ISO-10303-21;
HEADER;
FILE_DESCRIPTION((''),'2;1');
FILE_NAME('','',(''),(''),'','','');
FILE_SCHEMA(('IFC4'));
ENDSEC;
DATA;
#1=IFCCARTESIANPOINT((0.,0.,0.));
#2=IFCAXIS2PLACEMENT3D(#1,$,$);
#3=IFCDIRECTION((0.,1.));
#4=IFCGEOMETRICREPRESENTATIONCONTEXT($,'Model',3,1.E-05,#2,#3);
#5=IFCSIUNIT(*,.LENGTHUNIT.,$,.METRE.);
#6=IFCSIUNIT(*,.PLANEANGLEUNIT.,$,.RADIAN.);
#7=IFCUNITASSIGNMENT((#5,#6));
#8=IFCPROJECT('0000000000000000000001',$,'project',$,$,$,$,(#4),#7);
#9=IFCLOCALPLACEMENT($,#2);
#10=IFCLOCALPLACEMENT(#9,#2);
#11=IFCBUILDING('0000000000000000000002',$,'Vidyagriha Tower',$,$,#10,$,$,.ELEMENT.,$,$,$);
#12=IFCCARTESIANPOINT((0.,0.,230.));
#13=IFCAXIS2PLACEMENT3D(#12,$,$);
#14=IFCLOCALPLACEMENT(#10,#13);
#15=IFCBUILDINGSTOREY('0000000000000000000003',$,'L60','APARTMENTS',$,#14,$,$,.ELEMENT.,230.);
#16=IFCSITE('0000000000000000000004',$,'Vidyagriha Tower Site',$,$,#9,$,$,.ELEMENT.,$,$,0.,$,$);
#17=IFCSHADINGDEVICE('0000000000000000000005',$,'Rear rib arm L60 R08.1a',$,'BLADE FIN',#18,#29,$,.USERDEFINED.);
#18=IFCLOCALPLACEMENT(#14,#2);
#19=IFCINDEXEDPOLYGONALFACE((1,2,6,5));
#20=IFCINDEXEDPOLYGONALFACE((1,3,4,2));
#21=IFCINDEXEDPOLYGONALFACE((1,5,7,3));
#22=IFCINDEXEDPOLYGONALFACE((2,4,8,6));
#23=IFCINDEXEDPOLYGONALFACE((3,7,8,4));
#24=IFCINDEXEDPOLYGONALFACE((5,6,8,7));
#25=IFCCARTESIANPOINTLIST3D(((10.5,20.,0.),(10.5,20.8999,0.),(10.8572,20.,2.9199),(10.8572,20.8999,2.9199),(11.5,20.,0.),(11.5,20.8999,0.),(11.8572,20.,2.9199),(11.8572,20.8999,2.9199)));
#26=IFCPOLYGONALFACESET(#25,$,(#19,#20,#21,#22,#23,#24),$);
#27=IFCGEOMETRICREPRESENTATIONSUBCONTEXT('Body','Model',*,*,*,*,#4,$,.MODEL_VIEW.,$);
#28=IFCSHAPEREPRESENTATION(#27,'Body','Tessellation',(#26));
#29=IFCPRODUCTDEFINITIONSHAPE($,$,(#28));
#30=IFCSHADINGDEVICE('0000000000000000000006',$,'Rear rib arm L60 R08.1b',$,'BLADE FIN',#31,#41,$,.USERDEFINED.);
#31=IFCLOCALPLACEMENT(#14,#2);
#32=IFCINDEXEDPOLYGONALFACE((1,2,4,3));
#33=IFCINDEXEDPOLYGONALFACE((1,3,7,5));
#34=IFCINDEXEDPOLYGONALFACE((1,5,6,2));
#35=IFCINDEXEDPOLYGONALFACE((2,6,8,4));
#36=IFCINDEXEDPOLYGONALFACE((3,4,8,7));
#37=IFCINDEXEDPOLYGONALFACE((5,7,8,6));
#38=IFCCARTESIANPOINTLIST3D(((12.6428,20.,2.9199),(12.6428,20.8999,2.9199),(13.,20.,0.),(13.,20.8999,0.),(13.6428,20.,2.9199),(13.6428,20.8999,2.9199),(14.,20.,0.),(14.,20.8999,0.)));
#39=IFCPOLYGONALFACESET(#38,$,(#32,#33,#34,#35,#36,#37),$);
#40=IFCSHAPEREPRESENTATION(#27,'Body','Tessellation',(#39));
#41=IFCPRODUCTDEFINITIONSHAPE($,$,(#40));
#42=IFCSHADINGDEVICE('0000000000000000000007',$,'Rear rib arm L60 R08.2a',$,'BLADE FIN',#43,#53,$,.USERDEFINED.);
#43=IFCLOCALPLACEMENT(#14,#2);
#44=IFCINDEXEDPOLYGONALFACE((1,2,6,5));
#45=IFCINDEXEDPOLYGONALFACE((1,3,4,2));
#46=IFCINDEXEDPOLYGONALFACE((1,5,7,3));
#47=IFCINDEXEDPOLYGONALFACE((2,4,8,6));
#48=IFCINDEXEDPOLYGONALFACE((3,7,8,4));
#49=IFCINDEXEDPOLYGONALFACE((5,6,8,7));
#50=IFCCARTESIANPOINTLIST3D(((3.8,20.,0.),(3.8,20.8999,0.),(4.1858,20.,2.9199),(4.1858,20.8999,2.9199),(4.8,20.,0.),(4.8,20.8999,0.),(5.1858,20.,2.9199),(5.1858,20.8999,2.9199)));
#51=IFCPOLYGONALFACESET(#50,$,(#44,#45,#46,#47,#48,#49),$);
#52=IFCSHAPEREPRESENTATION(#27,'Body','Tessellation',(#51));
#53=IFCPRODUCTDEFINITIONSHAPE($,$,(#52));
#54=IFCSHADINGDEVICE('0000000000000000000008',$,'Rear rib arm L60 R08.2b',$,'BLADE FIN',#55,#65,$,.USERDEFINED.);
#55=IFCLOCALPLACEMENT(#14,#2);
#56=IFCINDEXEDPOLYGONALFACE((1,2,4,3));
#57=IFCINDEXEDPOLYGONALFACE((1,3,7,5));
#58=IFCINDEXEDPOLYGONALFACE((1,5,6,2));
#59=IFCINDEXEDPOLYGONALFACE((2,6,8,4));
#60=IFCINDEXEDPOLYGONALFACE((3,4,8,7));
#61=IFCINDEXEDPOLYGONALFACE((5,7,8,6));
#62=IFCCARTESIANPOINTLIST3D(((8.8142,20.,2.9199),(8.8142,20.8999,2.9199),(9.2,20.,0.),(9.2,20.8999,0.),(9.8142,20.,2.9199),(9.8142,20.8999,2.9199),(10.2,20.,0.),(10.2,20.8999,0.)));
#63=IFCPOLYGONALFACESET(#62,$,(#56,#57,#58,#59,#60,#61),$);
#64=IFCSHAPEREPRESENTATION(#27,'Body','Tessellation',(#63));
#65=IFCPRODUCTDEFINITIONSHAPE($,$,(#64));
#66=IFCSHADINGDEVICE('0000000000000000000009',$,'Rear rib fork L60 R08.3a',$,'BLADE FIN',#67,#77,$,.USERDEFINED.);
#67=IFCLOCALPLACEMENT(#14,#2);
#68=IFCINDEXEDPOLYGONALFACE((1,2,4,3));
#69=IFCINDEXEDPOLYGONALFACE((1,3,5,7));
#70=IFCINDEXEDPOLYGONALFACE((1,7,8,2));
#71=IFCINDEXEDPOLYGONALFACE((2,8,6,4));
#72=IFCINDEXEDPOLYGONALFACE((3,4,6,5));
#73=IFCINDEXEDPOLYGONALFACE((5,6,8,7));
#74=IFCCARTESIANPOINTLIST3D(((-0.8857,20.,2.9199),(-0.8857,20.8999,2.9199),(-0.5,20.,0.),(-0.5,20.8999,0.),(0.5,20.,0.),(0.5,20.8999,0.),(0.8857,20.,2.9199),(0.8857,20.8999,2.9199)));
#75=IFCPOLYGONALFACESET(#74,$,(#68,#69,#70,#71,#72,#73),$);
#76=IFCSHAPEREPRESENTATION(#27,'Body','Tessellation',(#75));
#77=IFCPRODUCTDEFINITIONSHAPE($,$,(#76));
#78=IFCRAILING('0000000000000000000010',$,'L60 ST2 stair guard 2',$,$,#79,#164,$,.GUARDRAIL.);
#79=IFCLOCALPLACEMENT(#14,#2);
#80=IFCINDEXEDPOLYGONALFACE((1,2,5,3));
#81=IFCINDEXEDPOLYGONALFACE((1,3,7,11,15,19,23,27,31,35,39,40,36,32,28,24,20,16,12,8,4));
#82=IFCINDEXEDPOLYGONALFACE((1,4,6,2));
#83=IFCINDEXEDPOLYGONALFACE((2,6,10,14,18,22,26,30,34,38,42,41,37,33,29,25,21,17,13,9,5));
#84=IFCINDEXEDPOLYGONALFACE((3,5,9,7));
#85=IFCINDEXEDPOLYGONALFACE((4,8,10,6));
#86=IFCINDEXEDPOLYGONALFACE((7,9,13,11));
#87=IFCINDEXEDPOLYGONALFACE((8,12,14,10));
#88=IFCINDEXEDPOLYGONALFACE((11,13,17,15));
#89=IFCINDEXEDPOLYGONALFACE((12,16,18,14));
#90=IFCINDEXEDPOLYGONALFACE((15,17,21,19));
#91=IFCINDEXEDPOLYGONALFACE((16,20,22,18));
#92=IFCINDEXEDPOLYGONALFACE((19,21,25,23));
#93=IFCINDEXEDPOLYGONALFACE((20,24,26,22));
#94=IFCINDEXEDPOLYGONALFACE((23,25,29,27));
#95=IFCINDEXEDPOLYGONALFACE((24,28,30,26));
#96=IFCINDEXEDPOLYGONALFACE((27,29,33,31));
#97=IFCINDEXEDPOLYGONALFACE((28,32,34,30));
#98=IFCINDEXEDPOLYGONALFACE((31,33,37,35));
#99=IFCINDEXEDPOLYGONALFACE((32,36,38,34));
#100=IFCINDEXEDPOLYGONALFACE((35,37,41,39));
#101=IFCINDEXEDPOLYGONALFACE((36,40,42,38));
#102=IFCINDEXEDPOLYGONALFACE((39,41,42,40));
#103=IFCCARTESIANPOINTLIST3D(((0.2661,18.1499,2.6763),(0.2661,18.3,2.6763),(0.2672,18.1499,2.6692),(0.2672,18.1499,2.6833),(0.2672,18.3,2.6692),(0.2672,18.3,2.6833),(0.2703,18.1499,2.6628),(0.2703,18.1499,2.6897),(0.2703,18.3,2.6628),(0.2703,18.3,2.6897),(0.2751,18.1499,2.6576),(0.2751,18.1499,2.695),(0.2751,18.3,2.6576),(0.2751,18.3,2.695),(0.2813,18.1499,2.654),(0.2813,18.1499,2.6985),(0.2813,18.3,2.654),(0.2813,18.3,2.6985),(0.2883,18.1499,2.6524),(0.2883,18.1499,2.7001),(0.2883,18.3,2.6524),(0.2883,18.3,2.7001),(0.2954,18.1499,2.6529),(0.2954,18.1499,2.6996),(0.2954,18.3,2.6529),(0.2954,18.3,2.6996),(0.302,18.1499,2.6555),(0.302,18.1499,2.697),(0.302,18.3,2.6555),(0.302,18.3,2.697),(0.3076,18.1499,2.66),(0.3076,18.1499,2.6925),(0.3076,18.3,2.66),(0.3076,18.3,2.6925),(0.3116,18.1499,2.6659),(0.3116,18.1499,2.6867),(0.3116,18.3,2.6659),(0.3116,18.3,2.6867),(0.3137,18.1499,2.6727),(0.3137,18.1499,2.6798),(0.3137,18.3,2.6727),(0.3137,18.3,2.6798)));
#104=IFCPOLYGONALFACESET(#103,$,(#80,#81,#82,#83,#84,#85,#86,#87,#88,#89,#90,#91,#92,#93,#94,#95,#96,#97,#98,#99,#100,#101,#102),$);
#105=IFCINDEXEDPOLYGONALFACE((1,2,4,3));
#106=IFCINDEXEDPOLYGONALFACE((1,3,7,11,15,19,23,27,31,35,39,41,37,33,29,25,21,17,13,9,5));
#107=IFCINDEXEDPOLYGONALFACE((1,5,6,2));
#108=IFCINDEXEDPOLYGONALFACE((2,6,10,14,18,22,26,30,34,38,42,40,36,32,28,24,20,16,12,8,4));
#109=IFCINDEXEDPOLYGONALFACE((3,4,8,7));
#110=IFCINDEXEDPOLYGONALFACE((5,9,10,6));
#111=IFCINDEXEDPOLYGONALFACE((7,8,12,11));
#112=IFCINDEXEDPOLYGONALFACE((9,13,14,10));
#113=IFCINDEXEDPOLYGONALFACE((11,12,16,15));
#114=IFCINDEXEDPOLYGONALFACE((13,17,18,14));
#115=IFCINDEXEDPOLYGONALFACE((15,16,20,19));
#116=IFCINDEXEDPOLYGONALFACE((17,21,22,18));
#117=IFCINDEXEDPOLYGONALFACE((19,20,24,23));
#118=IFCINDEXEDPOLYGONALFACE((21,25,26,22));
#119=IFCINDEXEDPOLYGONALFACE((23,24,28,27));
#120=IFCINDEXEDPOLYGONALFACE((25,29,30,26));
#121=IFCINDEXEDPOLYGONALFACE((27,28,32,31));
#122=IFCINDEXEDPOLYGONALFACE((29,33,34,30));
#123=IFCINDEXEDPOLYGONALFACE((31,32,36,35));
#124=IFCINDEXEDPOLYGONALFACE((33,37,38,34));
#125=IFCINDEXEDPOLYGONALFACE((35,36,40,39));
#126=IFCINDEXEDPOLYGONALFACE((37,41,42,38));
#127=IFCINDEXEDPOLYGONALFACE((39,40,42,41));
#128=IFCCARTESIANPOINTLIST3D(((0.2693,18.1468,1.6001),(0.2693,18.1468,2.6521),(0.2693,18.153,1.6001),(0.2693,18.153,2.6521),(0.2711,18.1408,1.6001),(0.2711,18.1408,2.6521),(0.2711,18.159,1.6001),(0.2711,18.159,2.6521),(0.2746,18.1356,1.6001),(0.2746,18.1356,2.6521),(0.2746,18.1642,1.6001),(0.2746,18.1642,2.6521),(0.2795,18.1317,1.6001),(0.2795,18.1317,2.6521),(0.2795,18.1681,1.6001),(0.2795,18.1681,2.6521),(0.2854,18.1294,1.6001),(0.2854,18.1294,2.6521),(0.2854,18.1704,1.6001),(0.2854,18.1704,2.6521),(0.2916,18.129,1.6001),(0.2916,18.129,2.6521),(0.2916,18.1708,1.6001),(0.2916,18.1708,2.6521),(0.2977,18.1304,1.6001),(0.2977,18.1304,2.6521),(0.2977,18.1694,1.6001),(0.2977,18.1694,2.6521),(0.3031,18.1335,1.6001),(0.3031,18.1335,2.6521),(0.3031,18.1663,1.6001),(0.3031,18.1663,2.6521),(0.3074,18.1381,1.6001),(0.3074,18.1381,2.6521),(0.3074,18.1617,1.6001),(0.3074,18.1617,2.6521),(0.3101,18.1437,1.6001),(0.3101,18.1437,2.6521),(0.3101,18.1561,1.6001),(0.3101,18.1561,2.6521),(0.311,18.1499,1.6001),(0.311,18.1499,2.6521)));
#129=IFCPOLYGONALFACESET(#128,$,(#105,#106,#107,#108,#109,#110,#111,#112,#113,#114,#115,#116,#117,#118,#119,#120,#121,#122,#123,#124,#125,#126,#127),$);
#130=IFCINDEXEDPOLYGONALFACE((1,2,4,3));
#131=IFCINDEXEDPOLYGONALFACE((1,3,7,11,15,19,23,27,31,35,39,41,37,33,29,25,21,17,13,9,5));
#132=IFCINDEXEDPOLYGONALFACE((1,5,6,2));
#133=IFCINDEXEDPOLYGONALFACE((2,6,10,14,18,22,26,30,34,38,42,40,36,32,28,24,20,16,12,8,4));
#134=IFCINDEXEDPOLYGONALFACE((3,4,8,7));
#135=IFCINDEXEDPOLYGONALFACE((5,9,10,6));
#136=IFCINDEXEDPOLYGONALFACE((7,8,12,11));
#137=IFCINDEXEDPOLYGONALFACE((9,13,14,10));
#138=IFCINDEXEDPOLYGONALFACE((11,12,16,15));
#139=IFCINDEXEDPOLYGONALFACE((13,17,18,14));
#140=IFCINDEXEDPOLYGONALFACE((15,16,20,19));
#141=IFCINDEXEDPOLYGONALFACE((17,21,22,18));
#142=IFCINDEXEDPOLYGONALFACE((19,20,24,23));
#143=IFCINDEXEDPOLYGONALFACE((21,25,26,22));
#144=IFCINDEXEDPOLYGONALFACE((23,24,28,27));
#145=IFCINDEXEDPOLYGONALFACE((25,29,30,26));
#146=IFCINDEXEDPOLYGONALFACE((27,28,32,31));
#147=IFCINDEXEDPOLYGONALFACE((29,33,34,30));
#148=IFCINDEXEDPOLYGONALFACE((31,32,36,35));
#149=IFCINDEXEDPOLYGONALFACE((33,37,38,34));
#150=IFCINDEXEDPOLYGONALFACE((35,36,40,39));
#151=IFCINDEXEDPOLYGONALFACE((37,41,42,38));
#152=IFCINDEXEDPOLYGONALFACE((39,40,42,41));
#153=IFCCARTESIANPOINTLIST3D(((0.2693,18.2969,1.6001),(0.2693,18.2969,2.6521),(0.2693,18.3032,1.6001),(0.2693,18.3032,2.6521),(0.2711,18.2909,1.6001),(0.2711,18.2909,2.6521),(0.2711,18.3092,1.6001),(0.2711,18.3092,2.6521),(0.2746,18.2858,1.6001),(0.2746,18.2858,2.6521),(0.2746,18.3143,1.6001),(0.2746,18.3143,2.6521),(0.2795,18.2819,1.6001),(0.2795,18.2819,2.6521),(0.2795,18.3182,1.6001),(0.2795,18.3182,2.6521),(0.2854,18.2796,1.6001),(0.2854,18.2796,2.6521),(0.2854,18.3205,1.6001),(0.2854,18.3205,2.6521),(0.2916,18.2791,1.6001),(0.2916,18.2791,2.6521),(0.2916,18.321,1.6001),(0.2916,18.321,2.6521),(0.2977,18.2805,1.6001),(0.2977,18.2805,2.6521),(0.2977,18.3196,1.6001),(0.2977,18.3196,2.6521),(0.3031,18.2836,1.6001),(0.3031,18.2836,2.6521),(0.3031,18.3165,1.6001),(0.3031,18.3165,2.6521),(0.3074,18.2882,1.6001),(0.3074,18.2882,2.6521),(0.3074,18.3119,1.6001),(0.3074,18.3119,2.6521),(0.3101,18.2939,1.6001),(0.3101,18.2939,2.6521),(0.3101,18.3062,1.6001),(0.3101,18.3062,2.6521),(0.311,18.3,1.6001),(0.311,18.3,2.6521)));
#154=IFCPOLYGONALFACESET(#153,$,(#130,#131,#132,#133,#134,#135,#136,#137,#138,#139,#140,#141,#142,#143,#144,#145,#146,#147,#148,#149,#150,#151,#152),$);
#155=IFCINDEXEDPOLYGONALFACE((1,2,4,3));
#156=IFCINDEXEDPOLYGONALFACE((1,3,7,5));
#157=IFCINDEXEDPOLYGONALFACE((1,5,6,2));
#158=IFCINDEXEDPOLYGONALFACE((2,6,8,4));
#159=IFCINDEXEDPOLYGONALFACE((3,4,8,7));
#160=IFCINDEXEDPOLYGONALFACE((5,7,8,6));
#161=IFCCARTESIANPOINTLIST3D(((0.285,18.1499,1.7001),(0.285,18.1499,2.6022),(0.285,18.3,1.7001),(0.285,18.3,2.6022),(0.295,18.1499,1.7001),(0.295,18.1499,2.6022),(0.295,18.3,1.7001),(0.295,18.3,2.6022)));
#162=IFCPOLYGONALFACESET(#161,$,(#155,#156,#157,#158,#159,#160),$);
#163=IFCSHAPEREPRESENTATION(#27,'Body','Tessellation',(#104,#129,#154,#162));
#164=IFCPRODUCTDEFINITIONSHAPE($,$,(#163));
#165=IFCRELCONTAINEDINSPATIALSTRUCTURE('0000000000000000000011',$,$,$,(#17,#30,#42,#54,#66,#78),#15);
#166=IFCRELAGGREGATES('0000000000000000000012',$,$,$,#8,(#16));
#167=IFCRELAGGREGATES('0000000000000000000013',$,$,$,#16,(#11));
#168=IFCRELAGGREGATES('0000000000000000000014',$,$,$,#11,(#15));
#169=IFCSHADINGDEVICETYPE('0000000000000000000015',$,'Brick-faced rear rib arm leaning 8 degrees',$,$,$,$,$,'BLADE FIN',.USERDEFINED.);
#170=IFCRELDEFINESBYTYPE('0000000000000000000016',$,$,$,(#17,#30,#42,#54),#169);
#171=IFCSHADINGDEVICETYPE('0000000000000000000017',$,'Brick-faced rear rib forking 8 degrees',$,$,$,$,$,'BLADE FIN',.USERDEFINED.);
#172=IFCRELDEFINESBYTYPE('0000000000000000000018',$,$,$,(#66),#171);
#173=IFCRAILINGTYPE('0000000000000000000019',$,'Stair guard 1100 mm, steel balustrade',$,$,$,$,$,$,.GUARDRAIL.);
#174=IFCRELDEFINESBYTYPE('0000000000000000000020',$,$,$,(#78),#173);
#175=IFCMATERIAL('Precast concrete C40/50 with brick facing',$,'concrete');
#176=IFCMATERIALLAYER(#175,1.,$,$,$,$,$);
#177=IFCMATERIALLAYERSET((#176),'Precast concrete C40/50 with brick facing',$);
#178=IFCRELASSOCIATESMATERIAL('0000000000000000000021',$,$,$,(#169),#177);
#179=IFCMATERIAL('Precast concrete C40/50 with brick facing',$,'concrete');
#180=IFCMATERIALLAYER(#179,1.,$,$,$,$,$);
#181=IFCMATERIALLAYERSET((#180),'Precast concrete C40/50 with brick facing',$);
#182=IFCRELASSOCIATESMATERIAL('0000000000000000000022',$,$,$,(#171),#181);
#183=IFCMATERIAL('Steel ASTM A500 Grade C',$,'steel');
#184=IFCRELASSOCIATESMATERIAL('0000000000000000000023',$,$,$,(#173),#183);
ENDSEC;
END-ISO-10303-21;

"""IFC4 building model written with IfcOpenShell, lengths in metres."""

from ifc_helpers import new_model, si_unit, direction, frame, origin, origin_2d, place, context, subcontext, project, spatial, polyline, rectangle, circle, outline, extrude, material, layer, layer_set, type_object, element, save


model = new_model("IFC4")

# Units and contexts
model_context = context("Model", 3, precision=1e-05, world=origin(), true_north=direction((0.0, 1.0)))
body_context = subcontext(model_context, "Body", "Model", "MODEL_VIEW")
ifc_project = project(units=[si_unit("LENGTHUNIT", "METRE"), si_unit("PLANEANGLEUNIT", "RADIAN")], contexts=[model_context])

# Site, building, storey
site_placement = place(None, origin())
site = spatial("IfcSite", under=ifc_project, at=site_placement, Name="Vidyagriha Tower Site", CompositionType="ELEMENT", RefElevation=0.0)
building_placement = place(site_placement, origin())
building = spatial("IfcBuilding", under=site, at=building_placement, Name="Vidyagriha Tower", CompositionType="ELEMENT")
storey_placement = place(building_placement, frame((0.0, 0.0, 230.0)))
storey = spatial("IfcBuildingStorey", under=building, at=storey_placement, Name="L60", Description="APARTMENTS", CompositionType="ELEMENT", Elevation=230.0)

# Shading devices
ifc_material_1 = material(Name="Precast concrete C40/50 with brick facing", Category="concrete")
ifc_layer_1 = layer(ifc_material_1, 1.0)
ifc_layer_set_1 = layer_set([ifc_layer_1], Name="Precast concrete C40/50 with brick facing")
shading_device_type_1 = type_object("IfcShadingDeviceType", Name="Brick-faced rear rib arm leaning 8 degrees", ElementType="BLADE FIN", PredefinedType="USERDEFINED", material=ifc_layer_set_1)
shading_device_1_placement = place(storey_placement, frame((11.8572, 20.45, 0.0), z_axis=(0.0, 0.0, 1.0), x_axis=(-1.0, 0.0, 0.0)))
element("IfcShadingDevice", 1, at=shading_device_1_placement, inside=storey, type_object=shading_device_type_1, Name="Rear rib arm L60 R08.1a", ObjectType="BLADE FIN", PredefinedType="USERDEFINED", context=body_context, shape_type="SweptSolid", body=[
    extrude(outline(polyline([(0.3572, 0.0), (1.3572, 0.0), (1.0, 2.9199), (0.0, 2.9199), (0.3572, 0.0)])), frame((0.0, 0.45, 0.0), z_axis=(0.0, -1.0, 0.0), x_axis=(1.0, 0.0, 0.0)), (0.0, 0.0, 1.0), 0.8999),
])
shading_device_2_placement = place(storey_placement, frame((14.0, 20.45, 0.0), z_axis=(0.0, 0.0, 1.0), x_axis=(-1.0, 0.0, 0.0)))
element("IfcShadingDevice", 2, at=shading_device_2_placement, inside=storey, type_object=shading_device_type_1, Name="Rear rib arm L60 R08.1b", ObjectType="BLADE FIN", PredefinedType="USERDEFINED", context=body_context, shape_type="SweptSolid", body=[
    extrude(outline(polyline([(0.0, 0.0), (1.0, 0.0), (1.3572, 2.9199), (0.3572, 2.9199), (0.0, 0.0)])), frame((0.0, 0.45, 0.0), z_axis=(0.0, -1.0, 0.0), x_axis=(1.0, 0.0, 0.0)), (0.0, 0.0, 1.0), 0.8999),
])
shading_device_3_placement = place(storey_placement, frame((5.1858, 20.45, 0.0), z_axis=(0.0, 0.0, 1.0), x_axis=(-1.0, 0.0, 0.0)))
element("IfcShadingDevice", 3, at=shading_device_3_placement, inside=storey, type_object=shading_device_type_1, Name="Rear rib arm L60 R08.2a", ObjectType="BLADE FIN", PredefinedType="USERDEFINED", context=body_context, shape_type="SweptSolid", body=[
    extrude(outline(polyline([(0.3857, 0.0), (1.3857, 0.0), (1.0, 2.9199), (0.0, 2.9199), (0.3857, 0.0)])), frame((0.0, 0.45, 0.0), z_axis=(0.0, -1.0, 0.0), x_axis=(1.0, 0.0, 0.0)), (0.0, 0.0, 1.0), 0.8999),
])
shading_device_4_placement = place(storey_placement, frame((10.2, 20.45, 0.0), z_axis=(0.0, 0.0, 1.0), x_axis=(-1.0, 0.0, 0.0)))
element("IfcShadingDevice", 4, at=shading_device_4_placement, inside=storey, type_object=shading_device_type_1, Name="Rear rib arm L60 R08.2b", ObjectType="BLADE FIN", PredefinedType="USERDEFINED", context=body_context, shape_type="SweptSolid", body=[
    extrude(outline(polyline([(0.0, 0.0), (1.0, 0.0), (1.3857, 2.9199), (0.3857, 2.9199), (0.0, 0.0)])), frame((0.0, 0.45, 0.0), z_axis=(0.0, -1.0, 0.0), x_axis=(1.0, 0.0, 0.0)), (0.0, 0.0, 1.0), 0.8999),
])
ifc_material_2 = material(Name="Precast concrete C40/50 with brick facing", Category="concrete")
ifc_layer_2 = layer(ifc_material_2, 1.0)
ifc_layer_set_2 = layer_set([ifc_layer_2], Name="Precast concrete C40/50 with brick facing")
shading_device_type_2 = type_object("IfcShadingDeviceType", Name="Brick-faced rear rib forking 8 degrees", ElementType="BLADE FIN", PredefinedType="USERDEFINED", material=ifc_layer_set_2)
shading_device_5_placement = place(storey_placement, frame((0.8857, 20.45, 0.0), z_axis=(0.0, 0.0, 1.0), x_axis=(-1.0, 0.0, 0.0)))
element("IfcShadingDevice", 5, at=shading_device_5_placement, inside=storey, type_object=shading_device_type_2, Name="Rear rib fork L60 R08.3a", ObjectType="BLADE FIN", PredefinedType="USERDEFINED", context=body_context, shape_type="SweptSolid", body=[
    extrude(outline(polyline([(0.3857, 0.0), (1.3857, 0.0), (1.7715, 2.9199), (0.0, 2.9199), (0.3857, 0.0)])), frame((0.0, 0.45, 0.0), z_axis=(0.0, -1.0, 0.0), x_axis=(1.0, 0.0, 0.0)), (0.0, 0.0, 1.0), 0.8999),
])

# Railing
ifc_material_3 = material(Name="Steel ASTM A500 Grade C", Category="steel")
railing_type_1 = type_object("IfcRailingType", Name="Stair guard 1100 mm, steel balustrade", PredefinedType="GUARDRAIL", material=ifc_material_3)
railing_1_placement = place(storey_placement, frame((0.29, 18.1499, 1.6001)))
element("IfcRailing", 6, at=railing_1_placement, inside=storey, type_object=railing_type_1, Name="L60 ST2 stair guard 2", PredefinedType="GUARDRAIL", context=body_context, shape_type="SweptSolid", body=[
    extrude(circle(Radius=0.0239, at=origin_2d()), frame((0.0, 0.0, 1.0762), z_axis=(0.0, 1.0, 0.0), x_axis=(-1.0, 0.0, 0.0)), (0.0, 0.0, 1.0), 0.1501),
    extrude(circle(Radius=0.021, at=origin_2d()), origin(), (0.0, 0.0, 1.0), 1.052),
    extrude(circle(Radius=0.021, at=origin_2d()), frame((0.0, 0.1501, 0.0)), (0.0, 0.0, 1.0), 1.052),
    extrude(rectangle(XDim=0.01, YDim=0.9021, at=origin_2d()), frame((0.0, 0.0, 0.551), z_axis=(0.0, 1.0, 0.0), x_axis=(-1.0, 0.0, 0.0)), (0.0, 0.0, 1.0), 0.1501),
])

save(model, "model.ifc")
